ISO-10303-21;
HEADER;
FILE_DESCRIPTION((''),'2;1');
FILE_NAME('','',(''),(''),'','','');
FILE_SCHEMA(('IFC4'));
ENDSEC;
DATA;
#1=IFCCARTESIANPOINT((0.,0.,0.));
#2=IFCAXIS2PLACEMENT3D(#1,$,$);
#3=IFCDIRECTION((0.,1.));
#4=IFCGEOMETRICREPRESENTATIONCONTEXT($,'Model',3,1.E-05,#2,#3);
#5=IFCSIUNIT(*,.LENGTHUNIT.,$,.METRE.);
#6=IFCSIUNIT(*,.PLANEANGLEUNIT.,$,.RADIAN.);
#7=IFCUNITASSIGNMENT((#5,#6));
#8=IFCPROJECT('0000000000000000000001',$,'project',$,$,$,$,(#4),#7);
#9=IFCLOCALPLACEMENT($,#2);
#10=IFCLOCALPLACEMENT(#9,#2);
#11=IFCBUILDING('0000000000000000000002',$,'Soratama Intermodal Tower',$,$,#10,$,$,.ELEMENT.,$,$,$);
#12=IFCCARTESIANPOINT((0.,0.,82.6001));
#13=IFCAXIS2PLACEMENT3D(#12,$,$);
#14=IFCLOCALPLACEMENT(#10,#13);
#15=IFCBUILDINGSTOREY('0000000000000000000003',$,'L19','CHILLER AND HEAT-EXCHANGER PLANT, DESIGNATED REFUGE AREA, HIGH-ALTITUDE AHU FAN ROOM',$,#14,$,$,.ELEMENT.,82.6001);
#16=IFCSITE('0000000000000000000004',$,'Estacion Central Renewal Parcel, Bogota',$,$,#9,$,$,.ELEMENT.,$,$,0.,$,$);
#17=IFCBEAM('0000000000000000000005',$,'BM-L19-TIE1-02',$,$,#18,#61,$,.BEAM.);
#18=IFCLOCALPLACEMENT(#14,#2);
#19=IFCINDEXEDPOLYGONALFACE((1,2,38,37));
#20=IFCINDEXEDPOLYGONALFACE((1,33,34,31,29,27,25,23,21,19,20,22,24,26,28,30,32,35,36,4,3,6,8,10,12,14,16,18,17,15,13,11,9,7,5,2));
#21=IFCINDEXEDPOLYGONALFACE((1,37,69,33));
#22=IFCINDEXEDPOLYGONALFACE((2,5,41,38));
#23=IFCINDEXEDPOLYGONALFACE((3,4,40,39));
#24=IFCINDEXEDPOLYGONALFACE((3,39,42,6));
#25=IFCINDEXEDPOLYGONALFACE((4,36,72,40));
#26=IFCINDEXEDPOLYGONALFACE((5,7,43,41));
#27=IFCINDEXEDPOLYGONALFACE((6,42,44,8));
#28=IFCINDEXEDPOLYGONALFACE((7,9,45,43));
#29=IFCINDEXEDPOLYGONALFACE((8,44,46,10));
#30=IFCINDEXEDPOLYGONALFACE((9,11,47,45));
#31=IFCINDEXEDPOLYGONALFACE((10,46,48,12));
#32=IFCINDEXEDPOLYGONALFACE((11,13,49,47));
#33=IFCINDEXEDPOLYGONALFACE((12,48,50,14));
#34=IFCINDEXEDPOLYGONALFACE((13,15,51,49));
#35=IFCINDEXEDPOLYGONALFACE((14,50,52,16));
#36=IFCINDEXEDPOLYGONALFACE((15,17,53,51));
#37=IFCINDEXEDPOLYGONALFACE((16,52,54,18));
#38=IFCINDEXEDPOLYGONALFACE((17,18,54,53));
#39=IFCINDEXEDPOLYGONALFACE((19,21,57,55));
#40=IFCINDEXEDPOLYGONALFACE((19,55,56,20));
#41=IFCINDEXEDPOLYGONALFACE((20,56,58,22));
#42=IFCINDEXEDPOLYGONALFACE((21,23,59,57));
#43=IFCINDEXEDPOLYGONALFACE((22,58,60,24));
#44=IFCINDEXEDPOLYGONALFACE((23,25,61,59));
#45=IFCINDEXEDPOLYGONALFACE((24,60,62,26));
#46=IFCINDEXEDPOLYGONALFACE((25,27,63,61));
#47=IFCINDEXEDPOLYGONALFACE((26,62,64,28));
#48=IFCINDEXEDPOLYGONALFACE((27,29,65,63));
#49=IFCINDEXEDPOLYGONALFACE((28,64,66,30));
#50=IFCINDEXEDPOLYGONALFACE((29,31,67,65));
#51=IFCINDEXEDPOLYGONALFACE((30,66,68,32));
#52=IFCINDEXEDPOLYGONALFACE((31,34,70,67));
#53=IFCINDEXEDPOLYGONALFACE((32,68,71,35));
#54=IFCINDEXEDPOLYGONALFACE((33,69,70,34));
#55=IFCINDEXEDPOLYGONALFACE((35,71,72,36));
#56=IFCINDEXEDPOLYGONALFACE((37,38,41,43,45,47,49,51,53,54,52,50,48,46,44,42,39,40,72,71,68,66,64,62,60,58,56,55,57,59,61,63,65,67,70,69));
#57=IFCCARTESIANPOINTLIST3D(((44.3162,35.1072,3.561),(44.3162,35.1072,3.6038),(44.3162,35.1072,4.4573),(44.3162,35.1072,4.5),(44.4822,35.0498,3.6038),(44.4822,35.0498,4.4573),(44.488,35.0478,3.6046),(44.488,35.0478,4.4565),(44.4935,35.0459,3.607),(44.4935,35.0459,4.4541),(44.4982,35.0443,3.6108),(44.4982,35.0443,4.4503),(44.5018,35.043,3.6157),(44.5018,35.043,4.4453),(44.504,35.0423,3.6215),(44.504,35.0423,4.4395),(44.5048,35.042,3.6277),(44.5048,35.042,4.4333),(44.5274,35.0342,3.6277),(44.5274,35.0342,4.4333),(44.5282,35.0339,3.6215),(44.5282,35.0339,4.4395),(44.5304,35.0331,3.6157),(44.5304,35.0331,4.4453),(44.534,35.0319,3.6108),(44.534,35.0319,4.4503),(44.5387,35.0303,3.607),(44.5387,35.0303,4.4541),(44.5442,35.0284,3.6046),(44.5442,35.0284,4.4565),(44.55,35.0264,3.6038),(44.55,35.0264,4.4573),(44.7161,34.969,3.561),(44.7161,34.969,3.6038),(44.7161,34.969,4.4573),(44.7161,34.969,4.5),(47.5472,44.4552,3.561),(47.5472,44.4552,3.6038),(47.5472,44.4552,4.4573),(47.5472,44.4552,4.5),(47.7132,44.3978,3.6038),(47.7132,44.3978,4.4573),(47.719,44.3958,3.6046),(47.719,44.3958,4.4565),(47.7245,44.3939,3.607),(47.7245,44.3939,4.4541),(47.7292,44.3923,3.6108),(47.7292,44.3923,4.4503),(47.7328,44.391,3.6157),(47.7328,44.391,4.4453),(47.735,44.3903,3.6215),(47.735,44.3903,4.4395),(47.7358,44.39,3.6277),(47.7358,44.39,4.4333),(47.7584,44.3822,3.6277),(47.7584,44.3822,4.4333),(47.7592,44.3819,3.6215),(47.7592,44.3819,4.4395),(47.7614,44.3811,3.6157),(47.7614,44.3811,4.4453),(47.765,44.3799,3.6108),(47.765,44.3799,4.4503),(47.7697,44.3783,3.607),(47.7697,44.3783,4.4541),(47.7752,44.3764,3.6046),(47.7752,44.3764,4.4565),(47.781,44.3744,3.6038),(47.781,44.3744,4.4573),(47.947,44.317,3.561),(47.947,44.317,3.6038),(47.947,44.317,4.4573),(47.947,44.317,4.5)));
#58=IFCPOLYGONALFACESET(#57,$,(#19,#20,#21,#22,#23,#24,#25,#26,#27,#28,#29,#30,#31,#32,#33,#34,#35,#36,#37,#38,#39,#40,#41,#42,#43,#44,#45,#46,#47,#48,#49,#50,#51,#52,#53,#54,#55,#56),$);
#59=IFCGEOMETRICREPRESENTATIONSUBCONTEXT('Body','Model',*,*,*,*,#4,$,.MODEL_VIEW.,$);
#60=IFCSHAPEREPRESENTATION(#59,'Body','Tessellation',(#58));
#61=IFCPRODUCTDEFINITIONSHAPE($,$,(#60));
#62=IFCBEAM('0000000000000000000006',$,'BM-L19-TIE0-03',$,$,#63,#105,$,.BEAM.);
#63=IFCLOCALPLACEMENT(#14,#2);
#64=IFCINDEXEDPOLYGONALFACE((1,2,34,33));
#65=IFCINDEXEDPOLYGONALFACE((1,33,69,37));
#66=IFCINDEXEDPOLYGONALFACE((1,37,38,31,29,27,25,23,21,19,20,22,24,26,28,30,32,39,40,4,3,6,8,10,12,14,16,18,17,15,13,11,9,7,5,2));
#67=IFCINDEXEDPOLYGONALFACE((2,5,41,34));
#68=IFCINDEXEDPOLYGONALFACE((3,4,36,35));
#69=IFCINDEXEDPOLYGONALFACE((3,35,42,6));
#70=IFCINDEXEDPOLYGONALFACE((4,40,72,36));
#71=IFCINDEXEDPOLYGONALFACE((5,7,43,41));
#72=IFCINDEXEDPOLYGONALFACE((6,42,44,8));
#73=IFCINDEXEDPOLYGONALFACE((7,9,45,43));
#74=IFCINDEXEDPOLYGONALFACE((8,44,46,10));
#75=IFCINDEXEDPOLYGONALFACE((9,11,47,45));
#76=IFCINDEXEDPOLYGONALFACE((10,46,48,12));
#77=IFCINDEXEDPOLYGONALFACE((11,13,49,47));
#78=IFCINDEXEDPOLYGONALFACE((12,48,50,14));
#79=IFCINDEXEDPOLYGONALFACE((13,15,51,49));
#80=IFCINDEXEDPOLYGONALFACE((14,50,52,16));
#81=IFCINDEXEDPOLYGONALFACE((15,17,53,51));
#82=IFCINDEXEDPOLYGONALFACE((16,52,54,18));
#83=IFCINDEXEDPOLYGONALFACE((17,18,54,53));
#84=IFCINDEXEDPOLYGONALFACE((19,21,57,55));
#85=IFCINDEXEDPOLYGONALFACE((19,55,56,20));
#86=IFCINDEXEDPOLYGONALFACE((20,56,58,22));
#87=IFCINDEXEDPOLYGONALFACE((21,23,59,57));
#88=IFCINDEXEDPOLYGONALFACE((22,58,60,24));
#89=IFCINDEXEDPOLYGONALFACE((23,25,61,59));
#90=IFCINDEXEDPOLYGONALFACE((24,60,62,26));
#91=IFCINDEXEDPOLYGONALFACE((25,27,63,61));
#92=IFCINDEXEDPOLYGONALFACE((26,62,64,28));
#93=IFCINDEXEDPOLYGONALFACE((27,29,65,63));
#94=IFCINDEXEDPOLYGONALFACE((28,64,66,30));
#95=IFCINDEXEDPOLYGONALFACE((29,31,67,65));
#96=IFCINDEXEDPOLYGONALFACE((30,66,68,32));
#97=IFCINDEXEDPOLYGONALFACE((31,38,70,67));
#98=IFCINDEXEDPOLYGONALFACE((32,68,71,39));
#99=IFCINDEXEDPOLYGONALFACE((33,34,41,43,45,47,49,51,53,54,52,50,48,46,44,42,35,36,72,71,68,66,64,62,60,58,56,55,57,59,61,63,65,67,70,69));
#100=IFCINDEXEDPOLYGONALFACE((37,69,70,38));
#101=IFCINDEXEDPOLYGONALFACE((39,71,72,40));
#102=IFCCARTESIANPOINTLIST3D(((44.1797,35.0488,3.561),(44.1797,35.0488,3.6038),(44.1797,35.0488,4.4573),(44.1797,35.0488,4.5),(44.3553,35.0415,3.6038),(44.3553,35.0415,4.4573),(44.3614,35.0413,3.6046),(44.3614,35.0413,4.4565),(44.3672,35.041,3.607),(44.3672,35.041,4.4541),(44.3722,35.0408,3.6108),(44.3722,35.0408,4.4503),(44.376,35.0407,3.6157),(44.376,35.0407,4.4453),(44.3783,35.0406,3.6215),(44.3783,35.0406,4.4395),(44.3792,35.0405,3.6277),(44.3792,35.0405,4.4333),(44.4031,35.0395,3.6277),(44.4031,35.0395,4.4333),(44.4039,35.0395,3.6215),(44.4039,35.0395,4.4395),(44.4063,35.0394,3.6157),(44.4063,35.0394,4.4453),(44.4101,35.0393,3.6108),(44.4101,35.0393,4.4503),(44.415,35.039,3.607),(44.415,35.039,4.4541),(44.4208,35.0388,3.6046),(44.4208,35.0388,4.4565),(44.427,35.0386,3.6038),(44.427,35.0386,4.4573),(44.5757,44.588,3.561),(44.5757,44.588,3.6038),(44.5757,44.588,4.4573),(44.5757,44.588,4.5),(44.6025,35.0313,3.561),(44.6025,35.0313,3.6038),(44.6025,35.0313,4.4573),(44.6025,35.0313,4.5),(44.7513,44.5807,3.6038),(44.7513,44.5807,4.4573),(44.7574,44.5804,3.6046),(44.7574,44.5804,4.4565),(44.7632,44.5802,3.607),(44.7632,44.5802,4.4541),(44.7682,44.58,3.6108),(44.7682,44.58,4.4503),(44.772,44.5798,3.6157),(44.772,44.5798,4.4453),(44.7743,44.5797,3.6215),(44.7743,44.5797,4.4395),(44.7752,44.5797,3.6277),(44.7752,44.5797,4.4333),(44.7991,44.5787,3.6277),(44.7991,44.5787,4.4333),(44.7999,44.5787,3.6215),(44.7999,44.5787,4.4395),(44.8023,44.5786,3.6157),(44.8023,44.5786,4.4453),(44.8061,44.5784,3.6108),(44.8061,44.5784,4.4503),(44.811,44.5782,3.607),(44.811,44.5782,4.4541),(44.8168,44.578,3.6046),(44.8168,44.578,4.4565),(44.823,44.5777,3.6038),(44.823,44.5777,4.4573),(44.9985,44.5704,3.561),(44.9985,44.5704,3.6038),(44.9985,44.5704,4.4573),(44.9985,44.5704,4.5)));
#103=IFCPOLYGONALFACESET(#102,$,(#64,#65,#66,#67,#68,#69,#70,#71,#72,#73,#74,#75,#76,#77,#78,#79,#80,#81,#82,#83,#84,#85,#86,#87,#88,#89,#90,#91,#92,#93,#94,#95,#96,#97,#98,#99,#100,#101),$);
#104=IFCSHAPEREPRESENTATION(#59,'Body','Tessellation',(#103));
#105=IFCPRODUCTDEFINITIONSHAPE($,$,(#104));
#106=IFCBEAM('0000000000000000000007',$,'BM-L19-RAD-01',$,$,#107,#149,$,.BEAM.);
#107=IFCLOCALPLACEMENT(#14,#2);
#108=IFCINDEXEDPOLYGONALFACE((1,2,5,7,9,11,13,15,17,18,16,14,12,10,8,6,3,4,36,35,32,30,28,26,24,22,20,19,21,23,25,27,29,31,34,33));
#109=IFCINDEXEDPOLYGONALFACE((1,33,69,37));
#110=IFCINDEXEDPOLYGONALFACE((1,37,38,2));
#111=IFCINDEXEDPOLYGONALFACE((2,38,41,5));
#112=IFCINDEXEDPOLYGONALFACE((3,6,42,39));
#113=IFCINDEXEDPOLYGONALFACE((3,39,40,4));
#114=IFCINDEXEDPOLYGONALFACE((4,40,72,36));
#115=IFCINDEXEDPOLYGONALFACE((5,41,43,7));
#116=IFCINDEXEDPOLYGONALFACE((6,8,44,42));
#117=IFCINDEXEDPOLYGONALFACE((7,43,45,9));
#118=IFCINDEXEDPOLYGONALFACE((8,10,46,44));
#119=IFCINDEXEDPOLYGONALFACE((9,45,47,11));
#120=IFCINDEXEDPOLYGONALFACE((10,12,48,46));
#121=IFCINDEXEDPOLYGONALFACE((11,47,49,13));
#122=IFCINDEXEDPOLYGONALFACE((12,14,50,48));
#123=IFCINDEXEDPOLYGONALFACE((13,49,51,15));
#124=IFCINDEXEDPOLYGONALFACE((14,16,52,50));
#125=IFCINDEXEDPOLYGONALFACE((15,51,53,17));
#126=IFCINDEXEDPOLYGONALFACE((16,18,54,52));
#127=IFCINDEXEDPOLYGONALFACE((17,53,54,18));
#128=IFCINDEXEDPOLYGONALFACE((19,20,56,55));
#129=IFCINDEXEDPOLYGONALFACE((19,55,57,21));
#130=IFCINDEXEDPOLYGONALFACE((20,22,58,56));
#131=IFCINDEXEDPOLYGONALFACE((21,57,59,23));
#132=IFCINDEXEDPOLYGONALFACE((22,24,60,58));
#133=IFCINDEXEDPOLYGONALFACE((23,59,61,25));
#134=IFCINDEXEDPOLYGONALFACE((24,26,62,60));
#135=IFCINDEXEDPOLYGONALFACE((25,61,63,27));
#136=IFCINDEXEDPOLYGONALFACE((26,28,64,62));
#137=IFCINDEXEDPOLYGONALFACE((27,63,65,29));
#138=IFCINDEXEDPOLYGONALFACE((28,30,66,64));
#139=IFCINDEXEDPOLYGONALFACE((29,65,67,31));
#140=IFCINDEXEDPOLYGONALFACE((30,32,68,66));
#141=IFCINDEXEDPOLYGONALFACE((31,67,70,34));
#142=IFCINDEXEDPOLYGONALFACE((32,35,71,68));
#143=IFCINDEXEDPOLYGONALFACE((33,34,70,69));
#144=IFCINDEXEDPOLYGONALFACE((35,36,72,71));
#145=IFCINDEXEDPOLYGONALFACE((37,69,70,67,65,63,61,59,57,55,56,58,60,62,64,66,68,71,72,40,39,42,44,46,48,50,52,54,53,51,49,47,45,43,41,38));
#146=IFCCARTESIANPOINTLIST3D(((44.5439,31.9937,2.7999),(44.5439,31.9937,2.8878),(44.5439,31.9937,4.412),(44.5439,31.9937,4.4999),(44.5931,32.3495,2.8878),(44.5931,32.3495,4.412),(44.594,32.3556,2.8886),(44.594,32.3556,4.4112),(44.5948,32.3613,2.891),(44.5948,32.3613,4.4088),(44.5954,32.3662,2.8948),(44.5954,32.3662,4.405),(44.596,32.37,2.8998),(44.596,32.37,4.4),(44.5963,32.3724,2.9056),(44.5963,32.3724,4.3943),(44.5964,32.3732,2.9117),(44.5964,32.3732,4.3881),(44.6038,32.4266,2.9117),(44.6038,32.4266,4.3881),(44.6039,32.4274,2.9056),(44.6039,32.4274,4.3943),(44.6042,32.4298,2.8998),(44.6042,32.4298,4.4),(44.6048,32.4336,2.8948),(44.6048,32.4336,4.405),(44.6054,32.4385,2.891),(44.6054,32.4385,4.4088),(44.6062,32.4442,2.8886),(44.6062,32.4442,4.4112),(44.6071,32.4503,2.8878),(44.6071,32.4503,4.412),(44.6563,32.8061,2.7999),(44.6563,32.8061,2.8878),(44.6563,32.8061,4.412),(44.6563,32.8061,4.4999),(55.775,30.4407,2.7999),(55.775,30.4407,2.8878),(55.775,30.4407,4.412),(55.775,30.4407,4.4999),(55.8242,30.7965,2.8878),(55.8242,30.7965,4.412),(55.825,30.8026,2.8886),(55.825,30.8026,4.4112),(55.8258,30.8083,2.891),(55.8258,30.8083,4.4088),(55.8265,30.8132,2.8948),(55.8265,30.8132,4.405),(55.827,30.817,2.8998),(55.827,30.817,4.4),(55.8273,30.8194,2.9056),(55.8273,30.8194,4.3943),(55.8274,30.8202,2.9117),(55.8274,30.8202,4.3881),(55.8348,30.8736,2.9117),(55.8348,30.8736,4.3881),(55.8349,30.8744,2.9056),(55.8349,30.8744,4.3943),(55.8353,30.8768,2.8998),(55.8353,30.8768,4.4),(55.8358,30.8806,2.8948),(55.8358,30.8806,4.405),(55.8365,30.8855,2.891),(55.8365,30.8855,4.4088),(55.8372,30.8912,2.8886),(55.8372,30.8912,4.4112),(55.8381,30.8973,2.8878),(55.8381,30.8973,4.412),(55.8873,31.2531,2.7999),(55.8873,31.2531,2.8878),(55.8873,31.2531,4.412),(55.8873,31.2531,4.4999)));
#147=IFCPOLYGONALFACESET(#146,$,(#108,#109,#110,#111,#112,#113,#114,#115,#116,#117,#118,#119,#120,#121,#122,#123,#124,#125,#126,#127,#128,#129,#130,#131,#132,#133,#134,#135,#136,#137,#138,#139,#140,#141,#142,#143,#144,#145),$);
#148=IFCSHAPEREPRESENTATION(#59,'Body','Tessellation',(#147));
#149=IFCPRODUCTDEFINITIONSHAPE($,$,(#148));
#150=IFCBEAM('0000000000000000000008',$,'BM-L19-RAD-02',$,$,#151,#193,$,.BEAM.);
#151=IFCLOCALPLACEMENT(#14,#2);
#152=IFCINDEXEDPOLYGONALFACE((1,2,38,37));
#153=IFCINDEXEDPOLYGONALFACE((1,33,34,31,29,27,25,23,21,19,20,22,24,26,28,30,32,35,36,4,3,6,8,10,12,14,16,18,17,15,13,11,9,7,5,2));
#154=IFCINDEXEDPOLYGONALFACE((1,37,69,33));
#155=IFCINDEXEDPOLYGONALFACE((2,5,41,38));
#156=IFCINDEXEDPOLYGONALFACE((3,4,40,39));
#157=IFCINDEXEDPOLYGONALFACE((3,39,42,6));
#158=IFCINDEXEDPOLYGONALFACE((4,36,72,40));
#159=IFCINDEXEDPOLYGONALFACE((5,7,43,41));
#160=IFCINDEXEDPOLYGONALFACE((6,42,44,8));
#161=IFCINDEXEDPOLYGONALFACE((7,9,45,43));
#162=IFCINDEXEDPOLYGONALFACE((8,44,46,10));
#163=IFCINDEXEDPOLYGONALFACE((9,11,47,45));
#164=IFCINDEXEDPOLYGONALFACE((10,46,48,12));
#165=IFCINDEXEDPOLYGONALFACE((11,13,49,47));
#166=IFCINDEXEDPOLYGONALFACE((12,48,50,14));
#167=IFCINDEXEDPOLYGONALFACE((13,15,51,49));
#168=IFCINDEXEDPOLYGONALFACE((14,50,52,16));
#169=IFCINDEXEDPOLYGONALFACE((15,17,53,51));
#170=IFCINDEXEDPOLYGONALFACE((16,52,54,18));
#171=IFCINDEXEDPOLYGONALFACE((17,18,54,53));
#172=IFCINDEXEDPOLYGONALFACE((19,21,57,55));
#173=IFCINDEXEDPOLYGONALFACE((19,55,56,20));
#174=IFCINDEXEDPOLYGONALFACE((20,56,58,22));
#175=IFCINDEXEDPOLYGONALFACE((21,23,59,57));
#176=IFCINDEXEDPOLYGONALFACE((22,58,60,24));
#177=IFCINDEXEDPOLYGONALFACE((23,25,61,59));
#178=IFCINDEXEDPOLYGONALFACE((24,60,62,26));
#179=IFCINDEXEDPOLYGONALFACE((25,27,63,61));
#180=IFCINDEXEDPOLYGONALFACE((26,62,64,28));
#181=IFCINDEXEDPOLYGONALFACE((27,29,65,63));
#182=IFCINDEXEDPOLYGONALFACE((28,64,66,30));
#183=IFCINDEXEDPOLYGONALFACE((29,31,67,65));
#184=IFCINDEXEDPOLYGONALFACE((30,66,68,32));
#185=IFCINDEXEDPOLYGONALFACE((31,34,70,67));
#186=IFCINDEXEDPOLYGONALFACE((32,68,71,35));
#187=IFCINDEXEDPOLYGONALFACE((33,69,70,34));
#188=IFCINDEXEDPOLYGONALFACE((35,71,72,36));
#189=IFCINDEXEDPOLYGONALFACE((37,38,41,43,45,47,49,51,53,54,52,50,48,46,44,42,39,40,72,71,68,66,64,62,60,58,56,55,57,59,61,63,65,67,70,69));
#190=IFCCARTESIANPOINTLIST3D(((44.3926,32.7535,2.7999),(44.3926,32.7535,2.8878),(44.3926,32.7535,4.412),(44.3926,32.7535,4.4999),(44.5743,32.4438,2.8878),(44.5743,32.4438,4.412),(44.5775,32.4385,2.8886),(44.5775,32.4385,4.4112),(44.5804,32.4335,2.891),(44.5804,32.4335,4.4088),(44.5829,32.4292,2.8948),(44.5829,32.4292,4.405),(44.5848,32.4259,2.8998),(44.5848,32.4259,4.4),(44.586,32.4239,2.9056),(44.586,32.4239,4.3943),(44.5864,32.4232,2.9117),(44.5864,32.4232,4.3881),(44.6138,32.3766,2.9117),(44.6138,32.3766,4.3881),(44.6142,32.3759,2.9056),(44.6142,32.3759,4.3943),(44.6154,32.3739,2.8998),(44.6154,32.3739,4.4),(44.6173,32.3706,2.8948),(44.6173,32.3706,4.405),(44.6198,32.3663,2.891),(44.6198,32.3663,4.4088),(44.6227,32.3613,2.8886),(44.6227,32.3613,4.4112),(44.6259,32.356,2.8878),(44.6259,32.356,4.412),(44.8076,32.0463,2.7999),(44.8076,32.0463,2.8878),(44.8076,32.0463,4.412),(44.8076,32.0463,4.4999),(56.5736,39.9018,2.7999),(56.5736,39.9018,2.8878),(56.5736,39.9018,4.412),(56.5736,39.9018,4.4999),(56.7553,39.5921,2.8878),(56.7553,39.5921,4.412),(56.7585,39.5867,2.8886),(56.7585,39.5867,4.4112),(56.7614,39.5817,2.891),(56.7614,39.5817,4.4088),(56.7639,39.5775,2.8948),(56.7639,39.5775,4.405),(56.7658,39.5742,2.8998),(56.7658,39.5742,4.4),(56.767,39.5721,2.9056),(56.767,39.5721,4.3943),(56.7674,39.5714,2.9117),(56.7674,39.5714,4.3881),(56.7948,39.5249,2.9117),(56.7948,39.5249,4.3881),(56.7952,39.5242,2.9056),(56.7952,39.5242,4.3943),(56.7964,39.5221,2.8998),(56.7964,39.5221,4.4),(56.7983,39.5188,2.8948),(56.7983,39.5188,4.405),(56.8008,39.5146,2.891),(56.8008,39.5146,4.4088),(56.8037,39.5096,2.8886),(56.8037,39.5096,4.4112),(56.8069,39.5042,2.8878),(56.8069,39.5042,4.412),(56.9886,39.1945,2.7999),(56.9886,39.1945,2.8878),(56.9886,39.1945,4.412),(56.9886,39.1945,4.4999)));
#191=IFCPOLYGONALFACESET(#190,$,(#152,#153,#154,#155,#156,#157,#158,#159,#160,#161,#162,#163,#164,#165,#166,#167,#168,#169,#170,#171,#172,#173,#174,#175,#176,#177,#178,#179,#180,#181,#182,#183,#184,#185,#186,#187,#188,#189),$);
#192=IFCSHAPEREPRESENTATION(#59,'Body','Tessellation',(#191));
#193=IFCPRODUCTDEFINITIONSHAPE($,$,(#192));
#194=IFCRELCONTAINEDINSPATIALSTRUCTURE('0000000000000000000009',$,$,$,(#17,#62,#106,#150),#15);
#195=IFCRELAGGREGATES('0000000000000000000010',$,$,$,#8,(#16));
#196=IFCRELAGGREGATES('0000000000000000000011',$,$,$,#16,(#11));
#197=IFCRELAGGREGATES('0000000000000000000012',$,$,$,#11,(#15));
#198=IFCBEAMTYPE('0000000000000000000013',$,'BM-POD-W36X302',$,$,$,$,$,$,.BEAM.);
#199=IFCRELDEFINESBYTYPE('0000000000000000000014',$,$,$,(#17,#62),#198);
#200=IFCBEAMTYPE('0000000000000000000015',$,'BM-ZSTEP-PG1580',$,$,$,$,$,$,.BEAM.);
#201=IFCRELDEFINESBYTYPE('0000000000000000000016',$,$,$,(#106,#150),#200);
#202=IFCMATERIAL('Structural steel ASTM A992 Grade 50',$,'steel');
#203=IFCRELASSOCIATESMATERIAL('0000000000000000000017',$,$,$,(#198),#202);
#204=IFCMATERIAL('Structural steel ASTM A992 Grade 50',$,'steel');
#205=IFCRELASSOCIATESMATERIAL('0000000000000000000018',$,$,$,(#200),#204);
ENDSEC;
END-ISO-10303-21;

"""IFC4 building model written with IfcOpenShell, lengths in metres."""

from ifc_helpers import new_model, si_unit, direction, frame, origin, origin_2d, place, context, subcontext, project, spatial, i_section, extrude, material, material_profile, profile_set, type_object, element, save


model = new_model("IFC4")

# Units and contexts
model_context = context("Model", 3, precision=1e-05, world=origin(), true_north=direction((0.0, 1.0)))
body_context = subcontext(model_context, "Body", "Model", "MODEL_VIEW")
ifc_project = project(units=[si_unit("LENGTHUNIT", "METRE"), si_unit("PLANEANGLEUNIT", "RADIAN")], contexts=[model_context])

# Site, building, storey
site_placement = place(None, origin())
site = spatial("IfcSite", under=ifc_project, at=site_placement, Name="Estacion Central Renewal Parcel, Bogota", CompositionType="ELEMENT", RefElevation=0.0)
building_placement = place(site_placement, origin())
building = spatial("IfcBuilding", under=site, at=building_placement, Name="Soratama Intermodal Tower", CompositionType="ELEMENT")
storey_placement = place(building_placement, frame((0.0, 0.0, 82.6001)))
storey = spatial("IfcBuildingStorey", under=building, at=storey_placement, Name="L19", Description="CHILLER AND HEAT-EXCHANGER PLANT, DESIGNATED REFUGE AREA, HIGH-ALTITUDE AHU FAN ROOM", CompositionType="ELEMENT", Elevation=82.6001)

# Beams
ifc_material_1 = material(Name="Structural steel ASTM A992 Grade 50", Category="steel")
ifc_material_profile_1 = material_profile(ifc_material_1, i_section(OverallWidth=0.4231, OverallDepth=0.939, WebThickness=0.0239, FlangeThickness=0.0427, FilletRadius=0.0239, at=origin_2d()), Name="W36X302")
ifc_profile_set_1 = profile_set([ifc_material_profile_1], Name="Structural steel ASTM A992 Grade 50")
beam_type_1 = type_object("IfcBeamType", Name="BM-POD-W36X302", PredefinedType="BEAM", material=ifc_profile_set_1)
beam_1_placement = place(storey_placement, frame((44.5161, 35.0381, 4.0305), z_axis=(0.326672, 0.945138, 0.0), x_axis=(-0.945138, 0.326672, 0.0)))
element("IfcBeam", 1, at=beam_1_placement, inside=storey, type_object=beam_type_1, Name="BM-L19-TIE1-02", PredefinedType="BEAM", context=body_context, shape_type="SweptSolid", body=[
    extrude(i_section(OverallWidth=0.4231, OverallDepth=0.939, WebThickness=0.0239, FlangeThickness=0.0427, FilletRadius=0.0239, at=origin_2d()), origin(), (0.0, 0.0, 1.0), 9.8906),
])
beam_2_placement = place(storey_placement, frame((44.3911, 35.04, 4.0305), z_axis=(0.041477, 0.999139, 0.0), x_axis=(-0.999139, 0.041477, 0.0)))
element("IfcBeam", 2, at=beam_2_placement, inside=storey, type_object=beam_type_1, Name="BM-L19-TIE0-03", PredefinedType="BEAM", context=body_context, shape_type="SweptSolid", body=[
    extrude(i_section(OverallWidth=0.4231, OverallDepth=0.939, WebThickness=0.0239, FlangeThickness=0.0427, FilletRadius=0.0239, at=origin_2d()), origin(), (0.0, 0.0, 1.0), 9.5474),
])
ifc_material_2 = material(Name="Structural steel ASTM A992 Grade 50", Category="steel")
ifc_material_profile_2 = material_profile(ifc_material_2, i_section(OverallWidth=0.8201, OverallDepth=1.7, WebThickness=0.054, FlangeThickness=0.0879, FilletRadius=0.0239, at=origin_2d()), Name="PG1580X800")
ifc_profile_set_2 = profile_set([ifc_material_profile_2], Name="Structural steel ASTM A992 Grade 50")
beam_type_2 = type_object("IfcBeamType", Name="BM-ZSTEP-PG1580", PredefinedType="BEAM", material=ifc_profile_set_2)
beam_3_placement = place(storey_placement, frame((44.6001, 32.3999, 3.6499), z_axis=(0.990575, -0.136973, 0.0), x_axis=(0.136973, 0.990575, 0.0)))
element("IfcBeam", 3, at=beam_3_placement, inside=storey, type_object=beam_type_2, Name="BM-L19-RAD-01", PredefinedType="BEAM", context=body_context, shape_type="SweptSolid", body=[
    extrude(i_section(OverallWidth=0.8201, OverallDepth=1.7, WebThickness=0.054, FlangeThickness=0.0879, FilletRadius=0.0239, at=origin_2d()), origin(), (0.0, 0.0, 1.0), 11.3379),
])
beam_4_placement = place(storey_placement, frame((44.6001, 32.3999, 3.6499), z_axis=(0.862461, 0.506123, 0.0), x_axis=(-0.506123, 0.862461, 0.0)))
element("IfcBeam", 4, at=beam_4_placement, inside=storey, type_object=beam_type_2, Name="BM-L19-RAD-02", PredefinedType="BEAM", context=body_context, shape_type="SweptSolid", body=[
    extrude(i_section(OverallWidth=0.8201, OverallDepth=1.7, WebThickness=0.054, FlangeThickness=0.0879, FilletRadius=0.0239, at=origin_2d()), origin(), (0.0, 0.0, 1.0), 14.1235),
])

save(model, "model.ifc")
